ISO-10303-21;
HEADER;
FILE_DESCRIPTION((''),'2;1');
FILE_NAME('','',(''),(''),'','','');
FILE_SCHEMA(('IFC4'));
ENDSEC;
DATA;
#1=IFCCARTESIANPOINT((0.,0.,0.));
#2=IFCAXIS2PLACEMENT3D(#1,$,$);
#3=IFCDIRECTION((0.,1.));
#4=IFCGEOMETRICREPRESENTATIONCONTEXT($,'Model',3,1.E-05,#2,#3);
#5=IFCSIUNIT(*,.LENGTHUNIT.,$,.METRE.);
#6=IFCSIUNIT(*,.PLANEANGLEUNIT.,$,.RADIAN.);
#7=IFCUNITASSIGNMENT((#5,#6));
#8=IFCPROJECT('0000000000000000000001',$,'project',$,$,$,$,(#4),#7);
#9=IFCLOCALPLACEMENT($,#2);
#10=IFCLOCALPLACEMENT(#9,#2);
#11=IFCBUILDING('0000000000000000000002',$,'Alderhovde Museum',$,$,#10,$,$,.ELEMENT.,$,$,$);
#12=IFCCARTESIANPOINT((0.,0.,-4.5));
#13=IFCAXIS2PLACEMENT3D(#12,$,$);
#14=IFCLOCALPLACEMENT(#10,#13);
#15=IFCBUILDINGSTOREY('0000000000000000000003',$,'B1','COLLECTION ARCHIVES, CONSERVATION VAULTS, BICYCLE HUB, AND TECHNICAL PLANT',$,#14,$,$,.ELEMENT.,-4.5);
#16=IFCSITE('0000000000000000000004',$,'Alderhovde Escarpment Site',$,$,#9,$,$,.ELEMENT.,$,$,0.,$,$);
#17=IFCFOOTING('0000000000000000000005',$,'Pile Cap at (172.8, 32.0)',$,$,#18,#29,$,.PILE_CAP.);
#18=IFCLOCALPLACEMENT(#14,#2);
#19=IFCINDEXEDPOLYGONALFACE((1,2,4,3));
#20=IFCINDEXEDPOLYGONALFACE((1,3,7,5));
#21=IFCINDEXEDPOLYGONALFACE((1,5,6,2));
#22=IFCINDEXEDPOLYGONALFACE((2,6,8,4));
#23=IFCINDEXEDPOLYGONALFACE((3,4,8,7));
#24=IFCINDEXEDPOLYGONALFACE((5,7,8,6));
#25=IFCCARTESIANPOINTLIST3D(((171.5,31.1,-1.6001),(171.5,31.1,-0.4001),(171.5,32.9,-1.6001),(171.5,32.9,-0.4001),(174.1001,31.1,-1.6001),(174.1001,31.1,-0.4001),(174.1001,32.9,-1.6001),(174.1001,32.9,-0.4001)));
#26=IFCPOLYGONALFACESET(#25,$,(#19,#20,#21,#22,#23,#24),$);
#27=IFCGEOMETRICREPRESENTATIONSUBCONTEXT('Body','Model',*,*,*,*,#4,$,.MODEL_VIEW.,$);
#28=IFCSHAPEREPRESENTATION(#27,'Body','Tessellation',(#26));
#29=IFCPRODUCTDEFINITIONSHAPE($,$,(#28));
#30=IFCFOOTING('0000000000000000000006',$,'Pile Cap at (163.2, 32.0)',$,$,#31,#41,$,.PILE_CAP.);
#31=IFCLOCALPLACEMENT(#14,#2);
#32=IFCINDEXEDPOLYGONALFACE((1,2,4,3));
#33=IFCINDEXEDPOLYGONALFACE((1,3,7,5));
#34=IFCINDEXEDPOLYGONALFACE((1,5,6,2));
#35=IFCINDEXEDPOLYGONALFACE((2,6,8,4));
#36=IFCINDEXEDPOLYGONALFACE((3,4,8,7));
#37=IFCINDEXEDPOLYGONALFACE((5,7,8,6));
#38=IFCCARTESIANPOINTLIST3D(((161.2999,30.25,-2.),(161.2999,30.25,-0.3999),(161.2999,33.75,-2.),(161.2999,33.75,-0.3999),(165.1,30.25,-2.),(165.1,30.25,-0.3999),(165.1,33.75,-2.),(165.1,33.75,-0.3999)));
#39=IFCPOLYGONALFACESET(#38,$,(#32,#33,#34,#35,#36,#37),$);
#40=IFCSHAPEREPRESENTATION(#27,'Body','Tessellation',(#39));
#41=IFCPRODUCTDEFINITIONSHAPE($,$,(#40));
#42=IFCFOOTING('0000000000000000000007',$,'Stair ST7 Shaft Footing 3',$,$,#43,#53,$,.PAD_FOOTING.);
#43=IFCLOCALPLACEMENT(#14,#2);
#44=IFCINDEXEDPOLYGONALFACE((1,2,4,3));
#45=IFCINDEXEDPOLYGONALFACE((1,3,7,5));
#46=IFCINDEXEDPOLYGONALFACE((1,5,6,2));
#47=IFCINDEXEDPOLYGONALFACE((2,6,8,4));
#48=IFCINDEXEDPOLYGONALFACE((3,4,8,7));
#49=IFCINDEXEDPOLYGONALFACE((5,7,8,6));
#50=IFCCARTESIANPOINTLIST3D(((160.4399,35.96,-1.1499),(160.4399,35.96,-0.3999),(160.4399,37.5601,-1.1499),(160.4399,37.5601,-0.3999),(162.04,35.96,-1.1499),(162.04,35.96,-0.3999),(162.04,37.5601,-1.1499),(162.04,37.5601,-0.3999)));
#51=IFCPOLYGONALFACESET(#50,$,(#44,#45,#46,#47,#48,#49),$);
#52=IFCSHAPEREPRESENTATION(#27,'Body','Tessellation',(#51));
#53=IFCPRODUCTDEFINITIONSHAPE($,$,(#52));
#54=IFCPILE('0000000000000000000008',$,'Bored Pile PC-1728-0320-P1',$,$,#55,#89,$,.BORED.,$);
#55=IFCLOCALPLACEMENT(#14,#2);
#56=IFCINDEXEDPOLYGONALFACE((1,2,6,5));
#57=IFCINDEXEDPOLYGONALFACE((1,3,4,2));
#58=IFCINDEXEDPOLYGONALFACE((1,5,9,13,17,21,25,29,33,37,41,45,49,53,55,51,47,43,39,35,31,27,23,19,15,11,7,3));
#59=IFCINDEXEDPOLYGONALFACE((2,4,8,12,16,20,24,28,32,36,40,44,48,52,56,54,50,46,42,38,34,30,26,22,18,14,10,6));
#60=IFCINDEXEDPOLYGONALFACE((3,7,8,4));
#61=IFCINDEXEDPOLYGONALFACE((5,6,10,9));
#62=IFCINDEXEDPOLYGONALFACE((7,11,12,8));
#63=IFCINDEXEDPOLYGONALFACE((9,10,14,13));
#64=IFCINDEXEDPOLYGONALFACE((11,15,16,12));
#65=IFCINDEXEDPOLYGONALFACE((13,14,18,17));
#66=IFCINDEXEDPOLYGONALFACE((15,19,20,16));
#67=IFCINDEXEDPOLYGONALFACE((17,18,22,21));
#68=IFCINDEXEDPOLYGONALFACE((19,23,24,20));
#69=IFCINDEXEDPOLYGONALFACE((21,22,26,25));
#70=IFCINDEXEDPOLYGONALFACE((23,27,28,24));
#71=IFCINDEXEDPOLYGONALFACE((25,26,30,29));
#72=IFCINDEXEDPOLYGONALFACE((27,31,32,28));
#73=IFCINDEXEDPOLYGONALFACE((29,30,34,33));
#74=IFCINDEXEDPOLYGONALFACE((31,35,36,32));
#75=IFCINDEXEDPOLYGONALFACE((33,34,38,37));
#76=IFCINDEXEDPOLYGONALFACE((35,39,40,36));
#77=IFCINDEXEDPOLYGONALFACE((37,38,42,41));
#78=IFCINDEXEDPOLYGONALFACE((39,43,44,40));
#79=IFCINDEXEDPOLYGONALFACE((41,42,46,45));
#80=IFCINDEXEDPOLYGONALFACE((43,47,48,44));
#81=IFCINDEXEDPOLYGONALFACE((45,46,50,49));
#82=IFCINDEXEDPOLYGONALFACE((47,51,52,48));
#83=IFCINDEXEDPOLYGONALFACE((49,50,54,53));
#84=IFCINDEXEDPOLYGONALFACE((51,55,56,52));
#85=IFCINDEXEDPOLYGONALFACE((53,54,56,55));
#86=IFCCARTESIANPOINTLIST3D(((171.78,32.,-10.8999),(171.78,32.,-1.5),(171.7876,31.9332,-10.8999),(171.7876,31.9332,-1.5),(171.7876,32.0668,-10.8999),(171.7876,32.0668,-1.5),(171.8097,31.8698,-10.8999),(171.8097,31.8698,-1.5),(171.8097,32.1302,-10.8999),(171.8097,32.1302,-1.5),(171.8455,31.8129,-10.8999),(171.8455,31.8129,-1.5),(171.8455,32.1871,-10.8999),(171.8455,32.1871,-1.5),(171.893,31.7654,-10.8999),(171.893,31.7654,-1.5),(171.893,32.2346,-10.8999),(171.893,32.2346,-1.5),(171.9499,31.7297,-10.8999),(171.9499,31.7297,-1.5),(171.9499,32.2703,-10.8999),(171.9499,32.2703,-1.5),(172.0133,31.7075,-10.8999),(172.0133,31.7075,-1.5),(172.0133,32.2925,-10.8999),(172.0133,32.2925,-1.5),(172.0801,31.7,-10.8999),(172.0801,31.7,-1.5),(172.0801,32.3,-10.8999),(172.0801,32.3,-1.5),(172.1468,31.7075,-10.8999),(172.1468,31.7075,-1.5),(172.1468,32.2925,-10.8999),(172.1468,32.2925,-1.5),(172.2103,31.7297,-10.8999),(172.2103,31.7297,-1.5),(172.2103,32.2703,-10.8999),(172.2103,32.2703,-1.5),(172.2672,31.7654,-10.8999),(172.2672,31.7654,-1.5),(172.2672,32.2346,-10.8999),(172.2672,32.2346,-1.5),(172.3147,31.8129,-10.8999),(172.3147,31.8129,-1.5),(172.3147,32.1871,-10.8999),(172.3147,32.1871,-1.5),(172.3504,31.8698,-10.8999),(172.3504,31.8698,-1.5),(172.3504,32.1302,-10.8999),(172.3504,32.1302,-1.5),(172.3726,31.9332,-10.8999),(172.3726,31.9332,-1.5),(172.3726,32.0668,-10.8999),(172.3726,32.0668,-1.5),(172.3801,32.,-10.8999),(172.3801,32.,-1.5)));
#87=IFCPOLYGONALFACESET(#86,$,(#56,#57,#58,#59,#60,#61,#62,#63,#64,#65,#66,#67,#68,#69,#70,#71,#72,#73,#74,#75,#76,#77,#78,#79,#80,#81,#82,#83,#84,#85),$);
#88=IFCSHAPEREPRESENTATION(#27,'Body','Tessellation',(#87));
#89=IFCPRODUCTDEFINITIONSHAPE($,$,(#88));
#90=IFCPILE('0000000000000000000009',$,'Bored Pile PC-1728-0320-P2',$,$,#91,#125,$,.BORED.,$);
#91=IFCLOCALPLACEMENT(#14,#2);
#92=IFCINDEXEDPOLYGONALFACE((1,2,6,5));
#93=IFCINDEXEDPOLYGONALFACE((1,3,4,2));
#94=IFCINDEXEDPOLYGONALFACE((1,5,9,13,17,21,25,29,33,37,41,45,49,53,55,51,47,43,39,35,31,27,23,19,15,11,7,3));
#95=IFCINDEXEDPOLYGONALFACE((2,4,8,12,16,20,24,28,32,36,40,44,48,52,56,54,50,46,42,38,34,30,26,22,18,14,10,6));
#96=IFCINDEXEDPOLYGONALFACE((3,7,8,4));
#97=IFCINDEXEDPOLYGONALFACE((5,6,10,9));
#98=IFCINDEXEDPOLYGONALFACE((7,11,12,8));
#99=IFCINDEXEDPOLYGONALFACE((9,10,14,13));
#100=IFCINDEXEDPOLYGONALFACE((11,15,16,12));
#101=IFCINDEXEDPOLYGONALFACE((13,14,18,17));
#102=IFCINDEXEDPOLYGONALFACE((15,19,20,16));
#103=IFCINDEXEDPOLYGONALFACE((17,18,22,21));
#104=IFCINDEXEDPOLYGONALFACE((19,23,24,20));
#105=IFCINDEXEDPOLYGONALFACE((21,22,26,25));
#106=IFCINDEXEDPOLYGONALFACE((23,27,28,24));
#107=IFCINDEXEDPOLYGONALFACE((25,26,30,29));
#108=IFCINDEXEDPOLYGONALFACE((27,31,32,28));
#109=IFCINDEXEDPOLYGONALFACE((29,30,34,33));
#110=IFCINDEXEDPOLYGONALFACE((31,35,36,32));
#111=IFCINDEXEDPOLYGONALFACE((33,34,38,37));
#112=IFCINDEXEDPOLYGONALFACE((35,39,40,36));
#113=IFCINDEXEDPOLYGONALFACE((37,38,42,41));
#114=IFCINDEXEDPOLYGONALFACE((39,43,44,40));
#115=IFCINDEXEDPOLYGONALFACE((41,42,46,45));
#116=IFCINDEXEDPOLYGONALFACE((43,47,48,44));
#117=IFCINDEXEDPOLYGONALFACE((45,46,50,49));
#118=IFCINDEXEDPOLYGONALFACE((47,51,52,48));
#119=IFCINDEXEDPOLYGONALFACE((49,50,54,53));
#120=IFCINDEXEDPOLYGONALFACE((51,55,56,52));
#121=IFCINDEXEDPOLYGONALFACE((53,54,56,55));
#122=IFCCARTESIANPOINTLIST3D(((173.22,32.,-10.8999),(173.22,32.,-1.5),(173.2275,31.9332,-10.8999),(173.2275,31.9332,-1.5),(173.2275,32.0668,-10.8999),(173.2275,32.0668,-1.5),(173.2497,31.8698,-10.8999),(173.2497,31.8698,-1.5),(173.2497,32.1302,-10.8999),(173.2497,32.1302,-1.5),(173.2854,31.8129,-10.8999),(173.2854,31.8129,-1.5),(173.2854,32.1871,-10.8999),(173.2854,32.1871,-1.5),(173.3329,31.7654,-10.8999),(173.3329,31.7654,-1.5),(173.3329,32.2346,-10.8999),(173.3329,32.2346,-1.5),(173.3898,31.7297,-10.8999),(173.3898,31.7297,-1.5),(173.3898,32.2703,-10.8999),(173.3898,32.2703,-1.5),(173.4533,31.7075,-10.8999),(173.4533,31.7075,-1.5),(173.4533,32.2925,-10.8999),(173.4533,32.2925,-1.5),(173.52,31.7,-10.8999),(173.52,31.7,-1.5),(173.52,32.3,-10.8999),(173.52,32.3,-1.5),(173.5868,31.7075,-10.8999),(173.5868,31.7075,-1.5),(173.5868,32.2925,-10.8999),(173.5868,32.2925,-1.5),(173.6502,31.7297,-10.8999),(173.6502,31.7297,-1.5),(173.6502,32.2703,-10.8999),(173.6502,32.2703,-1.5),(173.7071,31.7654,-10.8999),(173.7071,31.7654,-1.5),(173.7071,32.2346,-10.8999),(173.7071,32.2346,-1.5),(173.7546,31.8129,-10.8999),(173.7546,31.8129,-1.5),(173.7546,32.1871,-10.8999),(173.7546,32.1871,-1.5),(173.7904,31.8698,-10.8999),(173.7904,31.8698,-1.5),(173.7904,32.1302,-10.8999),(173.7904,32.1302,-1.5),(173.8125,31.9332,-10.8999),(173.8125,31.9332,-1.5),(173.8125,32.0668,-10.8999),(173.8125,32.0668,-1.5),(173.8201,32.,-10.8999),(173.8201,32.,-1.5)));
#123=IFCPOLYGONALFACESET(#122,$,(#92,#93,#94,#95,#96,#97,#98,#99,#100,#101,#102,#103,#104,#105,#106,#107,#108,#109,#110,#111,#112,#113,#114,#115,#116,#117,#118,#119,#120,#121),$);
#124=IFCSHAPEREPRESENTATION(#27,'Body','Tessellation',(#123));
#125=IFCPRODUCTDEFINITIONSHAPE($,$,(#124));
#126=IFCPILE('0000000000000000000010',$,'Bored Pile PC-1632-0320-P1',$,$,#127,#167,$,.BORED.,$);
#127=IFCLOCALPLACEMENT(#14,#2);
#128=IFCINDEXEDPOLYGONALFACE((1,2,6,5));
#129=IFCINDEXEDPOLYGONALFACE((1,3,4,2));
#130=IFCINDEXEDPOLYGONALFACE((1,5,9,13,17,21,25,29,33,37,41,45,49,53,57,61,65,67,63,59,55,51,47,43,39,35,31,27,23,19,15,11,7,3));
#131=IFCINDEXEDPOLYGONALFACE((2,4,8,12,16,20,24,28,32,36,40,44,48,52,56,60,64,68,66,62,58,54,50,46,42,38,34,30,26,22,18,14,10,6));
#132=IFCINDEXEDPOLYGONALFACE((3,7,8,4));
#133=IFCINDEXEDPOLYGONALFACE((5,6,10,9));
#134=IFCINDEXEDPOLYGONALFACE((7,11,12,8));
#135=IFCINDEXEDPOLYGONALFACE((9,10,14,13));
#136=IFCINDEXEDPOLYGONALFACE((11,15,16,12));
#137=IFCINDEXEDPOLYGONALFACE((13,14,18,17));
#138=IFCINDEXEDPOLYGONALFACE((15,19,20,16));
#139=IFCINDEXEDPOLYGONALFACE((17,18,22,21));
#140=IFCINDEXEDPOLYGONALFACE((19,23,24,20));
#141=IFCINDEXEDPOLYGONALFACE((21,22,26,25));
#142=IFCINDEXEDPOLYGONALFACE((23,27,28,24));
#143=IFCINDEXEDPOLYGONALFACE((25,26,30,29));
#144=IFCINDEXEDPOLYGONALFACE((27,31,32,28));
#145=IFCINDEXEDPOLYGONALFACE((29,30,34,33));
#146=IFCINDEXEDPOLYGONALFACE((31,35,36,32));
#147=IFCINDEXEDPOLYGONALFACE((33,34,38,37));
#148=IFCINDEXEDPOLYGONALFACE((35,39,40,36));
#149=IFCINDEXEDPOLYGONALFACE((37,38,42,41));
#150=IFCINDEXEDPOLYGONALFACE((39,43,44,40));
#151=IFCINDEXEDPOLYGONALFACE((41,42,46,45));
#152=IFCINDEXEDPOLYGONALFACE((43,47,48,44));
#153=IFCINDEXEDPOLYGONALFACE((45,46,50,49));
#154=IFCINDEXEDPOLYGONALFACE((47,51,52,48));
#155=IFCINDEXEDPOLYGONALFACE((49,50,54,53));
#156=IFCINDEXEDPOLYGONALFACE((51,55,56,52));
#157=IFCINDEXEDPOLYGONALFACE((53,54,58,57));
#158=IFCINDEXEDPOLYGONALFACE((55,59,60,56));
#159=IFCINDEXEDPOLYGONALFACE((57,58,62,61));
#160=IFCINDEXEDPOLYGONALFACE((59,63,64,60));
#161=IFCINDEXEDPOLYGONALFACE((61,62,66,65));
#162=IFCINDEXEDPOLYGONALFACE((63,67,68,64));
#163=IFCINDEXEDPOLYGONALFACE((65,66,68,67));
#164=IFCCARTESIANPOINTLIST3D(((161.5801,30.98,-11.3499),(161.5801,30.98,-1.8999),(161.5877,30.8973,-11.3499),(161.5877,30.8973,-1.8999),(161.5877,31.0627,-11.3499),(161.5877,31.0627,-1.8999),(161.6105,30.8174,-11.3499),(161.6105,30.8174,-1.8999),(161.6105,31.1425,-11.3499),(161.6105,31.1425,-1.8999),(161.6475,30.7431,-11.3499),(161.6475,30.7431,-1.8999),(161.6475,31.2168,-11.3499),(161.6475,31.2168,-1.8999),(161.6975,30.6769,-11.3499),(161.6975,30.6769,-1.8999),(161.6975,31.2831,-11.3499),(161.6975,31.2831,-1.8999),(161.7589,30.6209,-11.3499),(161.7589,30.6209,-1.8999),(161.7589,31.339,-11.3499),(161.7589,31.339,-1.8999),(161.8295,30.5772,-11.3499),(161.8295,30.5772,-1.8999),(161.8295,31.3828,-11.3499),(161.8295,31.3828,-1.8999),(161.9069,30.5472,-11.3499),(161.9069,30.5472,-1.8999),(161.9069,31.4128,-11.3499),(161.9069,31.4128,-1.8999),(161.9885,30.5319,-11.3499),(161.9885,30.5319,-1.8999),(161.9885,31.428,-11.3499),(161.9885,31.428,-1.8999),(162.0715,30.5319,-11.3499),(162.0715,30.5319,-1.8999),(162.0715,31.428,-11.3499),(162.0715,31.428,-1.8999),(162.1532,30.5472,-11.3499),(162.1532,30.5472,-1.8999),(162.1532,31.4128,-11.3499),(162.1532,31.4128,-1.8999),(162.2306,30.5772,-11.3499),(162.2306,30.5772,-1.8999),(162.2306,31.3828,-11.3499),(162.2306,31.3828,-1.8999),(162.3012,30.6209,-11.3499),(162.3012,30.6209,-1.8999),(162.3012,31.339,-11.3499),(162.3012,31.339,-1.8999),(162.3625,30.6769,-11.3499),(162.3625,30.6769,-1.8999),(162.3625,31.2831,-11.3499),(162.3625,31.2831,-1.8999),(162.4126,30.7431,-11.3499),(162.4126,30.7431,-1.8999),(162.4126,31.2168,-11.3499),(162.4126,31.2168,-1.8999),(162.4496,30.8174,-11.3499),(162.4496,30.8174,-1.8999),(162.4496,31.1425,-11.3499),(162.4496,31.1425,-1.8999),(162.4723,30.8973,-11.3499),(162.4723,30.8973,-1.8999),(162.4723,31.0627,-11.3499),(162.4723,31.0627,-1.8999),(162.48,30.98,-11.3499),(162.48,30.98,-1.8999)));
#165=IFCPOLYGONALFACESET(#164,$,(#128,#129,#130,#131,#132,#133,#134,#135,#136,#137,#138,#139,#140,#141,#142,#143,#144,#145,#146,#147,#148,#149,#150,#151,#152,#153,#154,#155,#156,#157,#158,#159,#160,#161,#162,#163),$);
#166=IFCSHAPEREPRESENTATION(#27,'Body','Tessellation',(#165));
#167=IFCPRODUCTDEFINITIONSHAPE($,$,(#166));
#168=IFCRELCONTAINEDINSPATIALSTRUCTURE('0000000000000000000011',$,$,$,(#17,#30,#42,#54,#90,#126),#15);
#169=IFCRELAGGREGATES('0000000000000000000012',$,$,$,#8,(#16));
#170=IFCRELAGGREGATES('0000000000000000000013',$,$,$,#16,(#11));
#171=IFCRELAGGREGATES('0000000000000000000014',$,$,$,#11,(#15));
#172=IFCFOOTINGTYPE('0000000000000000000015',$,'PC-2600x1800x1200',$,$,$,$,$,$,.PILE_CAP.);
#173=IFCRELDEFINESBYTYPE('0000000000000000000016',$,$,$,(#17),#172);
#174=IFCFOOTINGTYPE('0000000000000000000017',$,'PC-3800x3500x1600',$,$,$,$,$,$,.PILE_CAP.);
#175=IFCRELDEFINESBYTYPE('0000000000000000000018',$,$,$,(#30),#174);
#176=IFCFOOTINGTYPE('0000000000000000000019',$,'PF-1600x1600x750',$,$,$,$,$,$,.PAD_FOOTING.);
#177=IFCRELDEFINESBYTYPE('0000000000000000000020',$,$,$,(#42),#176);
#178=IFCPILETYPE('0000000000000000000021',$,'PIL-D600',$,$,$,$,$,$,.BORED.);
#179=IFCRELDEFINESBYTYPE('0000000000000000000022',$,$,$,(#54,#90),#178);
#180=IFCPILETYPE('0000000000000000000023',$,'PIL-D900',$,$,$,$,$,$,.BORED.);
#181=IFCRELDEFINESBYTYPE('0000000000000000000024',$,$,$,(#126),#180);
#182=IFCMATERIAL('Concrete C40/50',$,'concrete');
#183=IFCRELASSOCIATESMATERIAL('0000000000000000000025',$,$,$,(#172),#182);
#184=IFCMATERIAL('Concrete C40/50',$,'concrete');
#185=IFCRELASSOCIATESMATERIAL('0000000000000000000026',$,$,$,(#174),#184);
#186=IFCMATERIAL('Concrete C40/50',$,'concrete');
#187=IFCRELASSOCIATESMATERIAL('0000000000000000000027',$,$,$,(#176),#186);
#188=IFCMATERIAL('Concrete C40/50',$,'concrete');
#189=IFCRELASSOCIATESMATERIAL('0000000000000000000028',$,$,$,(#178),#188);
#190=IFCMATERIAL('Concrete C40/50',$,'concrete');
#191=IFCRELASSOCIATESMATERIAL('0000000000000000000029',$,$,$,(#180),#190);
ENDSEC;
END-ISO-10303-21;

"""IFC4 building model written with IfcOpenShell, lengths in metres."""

from ifc_helpers import new_model, si_unit, direction, frame, origin, origin_2d, place, context, subcontext, project, spatial, rectangle, circle, extrude, material, material_profile, profile_set, type_object, element, save


model = new_model("IFC4")

# Units and contexts
model_context = context("Model", 3, precision=1e-05, world=origin(), true_north=direction((0.0, 1.0)))
body_context = subcontext(model_context, "Body", "Model", "MODEL_VIEW")
ifc_project = project(units=[si_unit("LENGTHUNIT", "METRE"), si_unit("PLANEANGLEUNIT", "RADIAN")], contexts=[model_context])

# Site, building, storey
site_placement = place(None, origin())
site = spatial("IfcSite", under=ifc_project, at=site_placement, Name="Alderhovde Escarpment Site", CompositionType="ELEMENT", RefElevation=0.0)
building_placement = place(site_placement, origin())
building = spatial("IfcBuilding", under=site, at=building_placement, Name="Alderhovde Museum", CompositionType="ELEMENT")
storey_placement = place(building_placement, frame((0.0, 0.0, -4.5)))
storey = spatial("IfcBuildingStorey", under=building, at=storey_placement, Name="B1", Description="COLLECTION ARCHIVES, CONSERVATION VAULTS, BICYCLE HUB, AND TECHNICAL PLANT", CompositionType="ELEMENT", Elevation=-4.5)

# Footings
ifc_material_1 = material(Name="Concrete C40/50", Category="concrete")
footing_type_1 = type_object("IfcFootingType", Name="PC-2600x1800x1200", PredefinedType="PILE_CAP", material=ifc_material_1)
footing_1_placement = place(storey_placement, frame((172.8, 32.0, -1.6001), z_axis=(0.0, 0.0, 1.0), x_axis=(1.0, 0.0, 0.0)))
element("IfcFooting", 1, at=footing_1_placement, inside=storey, type_object=footing_type_1, Name="Pile Cap at (172.8, 32.0)", PredefinedType="PILE_CAP", context=body_context, shape_type="SweptSolid", body=[
    extrude(rectangle(XDim=2.6001, YDim=1.8, at=origin_2d()), origin(), (0.0, 0.0, 1.0), 1.2),
])
ifc_material_2 = material(Name="Concrete C40/50", Category="concrete")
footing_type_2 = type_object("IfcFootingType", Name="PC-3800x3500x1600", PredefinedType="PILE_CAP", material=ifc_material_2)
footing_2_placement = place(storey_placement, frame((163.2, 32.0, -2.0), z_axis=(0.0, 0.0, 1.0), x_axis=(1.0, 0.0, 0.0)))
element("IfcFooting", 2, at=footing_2_placement, inside=storey, type_object=footing_type_2, Name="Pile Cap at (163.2, 32.0)", PredefinedType="PILE_CAP", context=body_context, shape_type="SweptSolid", body=[
    extrude(rectangle(XDim=3.8, YDim=3.5, at=origin_2d()), origin(), (0.0, 0.0, 1.0), 1.6001),
])
ifc_material_3 = material(Name="Concrete C40/50", Category="concrete")
footing_type_3 = type_object("IfcFootingType", Name="PF-1600x1600x750", PredefinedType="PAD_FOOTING", material=ifc_material_3)
footing_3_placement = place(storey_placement, frame((161.24, 36.76, -1.1499), z_axis=(0.0, 0.0, 1.0), x_axis=(1.0, 0.0, 0.0)))
element("IfcFooting", 3, at=footing_3_placement, inside=storey, type_object=footing_type_3, Name="Stair ST7 Shaft Footing 3", PredefinedType="PAD_FOOTING", context=body_context, shape_type="SweptSolid", body=[
    extrude(rectangle(XDim=1.6001, YDim=1.6001, at=origin_2d()), origin(), (0.0, 0.0, 1.0), 0.75),
])

# Piles
ifc_material_4 = material(Name="Concrete C40/50", Category="concrete")
ifc_material_profile_1 = material_profile(ifc_material_4, circle(Radius=0.3, at=origin_2d()), Name="PILE-D600")
ifc_profile_set_1 = profile_set([ifc_material_profile_1], Name="Concrete C40/50")
pile_type_1 = type_object("IfcPileType", Name="PIL-D600", PredefinedType="BORED", material=ifc_profile_set_1)
for number, where, z_axis, x_axis, name in (
    (4, (172.0801, 32.0, -1.5), (0.0, 0.0, -1.0), (1.0, 0.0, 0.0), "Bored Pile PC-1728-0320-P1"),
    (5, (173.52, 32.0, -1.5), (0.0, 0.0, -1.0), (1.0, 0.0, 0.0), "Bored Pile PC-1728-0320-P2"),
):
    element("IfcPile", number, at=place(storey_placement, frame(where, z_axis=z_axis, x_axis=x_axis)), inside=storey, type_object=pile_type_1, Name=name, PredefinedType="BORED", context=body_context, shape_type="SweptSolid", body=[
        extrude(circle(Radius=0.3, at=origin_2d()), origin(), (0.0, 0.0, 1.0), 9.3999),
    ])
ifc_material_5 = material(Name="Concrete C40/50", Category="concrete")
ifc_material_profile_2 = material_profile(ifc_material_5, circle(Radius=0.45, at=origin_2d()), Name="PILE-D900")
ifc_profile_set_2 = profile_set([ifc_material_profile_2], Name="Concrete C40/50")
pile_type_2 = type_object("IfcPileType", Name="PIL-D900", PredefinedType="BORED", material=ifc_profile_set_2)
for number, where, z_axis, x_axis, name in (
    (6, (162.03, 30.98, -1.8999), (0.0, 0.0, -1.0), (1.0, 0.0, 0.0), "Bored Pile PC-1632-0320-P1"),
):
    element("IfcPile", number, at=place(storey_placement, frame(where, z_axis=z_axis, x_axis=x_axis)), inside=storey, type_object=pile_type_2, Name=name, PredefinedType="BORED", context=body_context, shape_type="SweptSolid", body=[
        extrude(circle(Radius=0.45, at=origin_2d()), origin(), (0.0, 0.0, 1.0), 9.45),
    ])

save(model, "model.ifc")
